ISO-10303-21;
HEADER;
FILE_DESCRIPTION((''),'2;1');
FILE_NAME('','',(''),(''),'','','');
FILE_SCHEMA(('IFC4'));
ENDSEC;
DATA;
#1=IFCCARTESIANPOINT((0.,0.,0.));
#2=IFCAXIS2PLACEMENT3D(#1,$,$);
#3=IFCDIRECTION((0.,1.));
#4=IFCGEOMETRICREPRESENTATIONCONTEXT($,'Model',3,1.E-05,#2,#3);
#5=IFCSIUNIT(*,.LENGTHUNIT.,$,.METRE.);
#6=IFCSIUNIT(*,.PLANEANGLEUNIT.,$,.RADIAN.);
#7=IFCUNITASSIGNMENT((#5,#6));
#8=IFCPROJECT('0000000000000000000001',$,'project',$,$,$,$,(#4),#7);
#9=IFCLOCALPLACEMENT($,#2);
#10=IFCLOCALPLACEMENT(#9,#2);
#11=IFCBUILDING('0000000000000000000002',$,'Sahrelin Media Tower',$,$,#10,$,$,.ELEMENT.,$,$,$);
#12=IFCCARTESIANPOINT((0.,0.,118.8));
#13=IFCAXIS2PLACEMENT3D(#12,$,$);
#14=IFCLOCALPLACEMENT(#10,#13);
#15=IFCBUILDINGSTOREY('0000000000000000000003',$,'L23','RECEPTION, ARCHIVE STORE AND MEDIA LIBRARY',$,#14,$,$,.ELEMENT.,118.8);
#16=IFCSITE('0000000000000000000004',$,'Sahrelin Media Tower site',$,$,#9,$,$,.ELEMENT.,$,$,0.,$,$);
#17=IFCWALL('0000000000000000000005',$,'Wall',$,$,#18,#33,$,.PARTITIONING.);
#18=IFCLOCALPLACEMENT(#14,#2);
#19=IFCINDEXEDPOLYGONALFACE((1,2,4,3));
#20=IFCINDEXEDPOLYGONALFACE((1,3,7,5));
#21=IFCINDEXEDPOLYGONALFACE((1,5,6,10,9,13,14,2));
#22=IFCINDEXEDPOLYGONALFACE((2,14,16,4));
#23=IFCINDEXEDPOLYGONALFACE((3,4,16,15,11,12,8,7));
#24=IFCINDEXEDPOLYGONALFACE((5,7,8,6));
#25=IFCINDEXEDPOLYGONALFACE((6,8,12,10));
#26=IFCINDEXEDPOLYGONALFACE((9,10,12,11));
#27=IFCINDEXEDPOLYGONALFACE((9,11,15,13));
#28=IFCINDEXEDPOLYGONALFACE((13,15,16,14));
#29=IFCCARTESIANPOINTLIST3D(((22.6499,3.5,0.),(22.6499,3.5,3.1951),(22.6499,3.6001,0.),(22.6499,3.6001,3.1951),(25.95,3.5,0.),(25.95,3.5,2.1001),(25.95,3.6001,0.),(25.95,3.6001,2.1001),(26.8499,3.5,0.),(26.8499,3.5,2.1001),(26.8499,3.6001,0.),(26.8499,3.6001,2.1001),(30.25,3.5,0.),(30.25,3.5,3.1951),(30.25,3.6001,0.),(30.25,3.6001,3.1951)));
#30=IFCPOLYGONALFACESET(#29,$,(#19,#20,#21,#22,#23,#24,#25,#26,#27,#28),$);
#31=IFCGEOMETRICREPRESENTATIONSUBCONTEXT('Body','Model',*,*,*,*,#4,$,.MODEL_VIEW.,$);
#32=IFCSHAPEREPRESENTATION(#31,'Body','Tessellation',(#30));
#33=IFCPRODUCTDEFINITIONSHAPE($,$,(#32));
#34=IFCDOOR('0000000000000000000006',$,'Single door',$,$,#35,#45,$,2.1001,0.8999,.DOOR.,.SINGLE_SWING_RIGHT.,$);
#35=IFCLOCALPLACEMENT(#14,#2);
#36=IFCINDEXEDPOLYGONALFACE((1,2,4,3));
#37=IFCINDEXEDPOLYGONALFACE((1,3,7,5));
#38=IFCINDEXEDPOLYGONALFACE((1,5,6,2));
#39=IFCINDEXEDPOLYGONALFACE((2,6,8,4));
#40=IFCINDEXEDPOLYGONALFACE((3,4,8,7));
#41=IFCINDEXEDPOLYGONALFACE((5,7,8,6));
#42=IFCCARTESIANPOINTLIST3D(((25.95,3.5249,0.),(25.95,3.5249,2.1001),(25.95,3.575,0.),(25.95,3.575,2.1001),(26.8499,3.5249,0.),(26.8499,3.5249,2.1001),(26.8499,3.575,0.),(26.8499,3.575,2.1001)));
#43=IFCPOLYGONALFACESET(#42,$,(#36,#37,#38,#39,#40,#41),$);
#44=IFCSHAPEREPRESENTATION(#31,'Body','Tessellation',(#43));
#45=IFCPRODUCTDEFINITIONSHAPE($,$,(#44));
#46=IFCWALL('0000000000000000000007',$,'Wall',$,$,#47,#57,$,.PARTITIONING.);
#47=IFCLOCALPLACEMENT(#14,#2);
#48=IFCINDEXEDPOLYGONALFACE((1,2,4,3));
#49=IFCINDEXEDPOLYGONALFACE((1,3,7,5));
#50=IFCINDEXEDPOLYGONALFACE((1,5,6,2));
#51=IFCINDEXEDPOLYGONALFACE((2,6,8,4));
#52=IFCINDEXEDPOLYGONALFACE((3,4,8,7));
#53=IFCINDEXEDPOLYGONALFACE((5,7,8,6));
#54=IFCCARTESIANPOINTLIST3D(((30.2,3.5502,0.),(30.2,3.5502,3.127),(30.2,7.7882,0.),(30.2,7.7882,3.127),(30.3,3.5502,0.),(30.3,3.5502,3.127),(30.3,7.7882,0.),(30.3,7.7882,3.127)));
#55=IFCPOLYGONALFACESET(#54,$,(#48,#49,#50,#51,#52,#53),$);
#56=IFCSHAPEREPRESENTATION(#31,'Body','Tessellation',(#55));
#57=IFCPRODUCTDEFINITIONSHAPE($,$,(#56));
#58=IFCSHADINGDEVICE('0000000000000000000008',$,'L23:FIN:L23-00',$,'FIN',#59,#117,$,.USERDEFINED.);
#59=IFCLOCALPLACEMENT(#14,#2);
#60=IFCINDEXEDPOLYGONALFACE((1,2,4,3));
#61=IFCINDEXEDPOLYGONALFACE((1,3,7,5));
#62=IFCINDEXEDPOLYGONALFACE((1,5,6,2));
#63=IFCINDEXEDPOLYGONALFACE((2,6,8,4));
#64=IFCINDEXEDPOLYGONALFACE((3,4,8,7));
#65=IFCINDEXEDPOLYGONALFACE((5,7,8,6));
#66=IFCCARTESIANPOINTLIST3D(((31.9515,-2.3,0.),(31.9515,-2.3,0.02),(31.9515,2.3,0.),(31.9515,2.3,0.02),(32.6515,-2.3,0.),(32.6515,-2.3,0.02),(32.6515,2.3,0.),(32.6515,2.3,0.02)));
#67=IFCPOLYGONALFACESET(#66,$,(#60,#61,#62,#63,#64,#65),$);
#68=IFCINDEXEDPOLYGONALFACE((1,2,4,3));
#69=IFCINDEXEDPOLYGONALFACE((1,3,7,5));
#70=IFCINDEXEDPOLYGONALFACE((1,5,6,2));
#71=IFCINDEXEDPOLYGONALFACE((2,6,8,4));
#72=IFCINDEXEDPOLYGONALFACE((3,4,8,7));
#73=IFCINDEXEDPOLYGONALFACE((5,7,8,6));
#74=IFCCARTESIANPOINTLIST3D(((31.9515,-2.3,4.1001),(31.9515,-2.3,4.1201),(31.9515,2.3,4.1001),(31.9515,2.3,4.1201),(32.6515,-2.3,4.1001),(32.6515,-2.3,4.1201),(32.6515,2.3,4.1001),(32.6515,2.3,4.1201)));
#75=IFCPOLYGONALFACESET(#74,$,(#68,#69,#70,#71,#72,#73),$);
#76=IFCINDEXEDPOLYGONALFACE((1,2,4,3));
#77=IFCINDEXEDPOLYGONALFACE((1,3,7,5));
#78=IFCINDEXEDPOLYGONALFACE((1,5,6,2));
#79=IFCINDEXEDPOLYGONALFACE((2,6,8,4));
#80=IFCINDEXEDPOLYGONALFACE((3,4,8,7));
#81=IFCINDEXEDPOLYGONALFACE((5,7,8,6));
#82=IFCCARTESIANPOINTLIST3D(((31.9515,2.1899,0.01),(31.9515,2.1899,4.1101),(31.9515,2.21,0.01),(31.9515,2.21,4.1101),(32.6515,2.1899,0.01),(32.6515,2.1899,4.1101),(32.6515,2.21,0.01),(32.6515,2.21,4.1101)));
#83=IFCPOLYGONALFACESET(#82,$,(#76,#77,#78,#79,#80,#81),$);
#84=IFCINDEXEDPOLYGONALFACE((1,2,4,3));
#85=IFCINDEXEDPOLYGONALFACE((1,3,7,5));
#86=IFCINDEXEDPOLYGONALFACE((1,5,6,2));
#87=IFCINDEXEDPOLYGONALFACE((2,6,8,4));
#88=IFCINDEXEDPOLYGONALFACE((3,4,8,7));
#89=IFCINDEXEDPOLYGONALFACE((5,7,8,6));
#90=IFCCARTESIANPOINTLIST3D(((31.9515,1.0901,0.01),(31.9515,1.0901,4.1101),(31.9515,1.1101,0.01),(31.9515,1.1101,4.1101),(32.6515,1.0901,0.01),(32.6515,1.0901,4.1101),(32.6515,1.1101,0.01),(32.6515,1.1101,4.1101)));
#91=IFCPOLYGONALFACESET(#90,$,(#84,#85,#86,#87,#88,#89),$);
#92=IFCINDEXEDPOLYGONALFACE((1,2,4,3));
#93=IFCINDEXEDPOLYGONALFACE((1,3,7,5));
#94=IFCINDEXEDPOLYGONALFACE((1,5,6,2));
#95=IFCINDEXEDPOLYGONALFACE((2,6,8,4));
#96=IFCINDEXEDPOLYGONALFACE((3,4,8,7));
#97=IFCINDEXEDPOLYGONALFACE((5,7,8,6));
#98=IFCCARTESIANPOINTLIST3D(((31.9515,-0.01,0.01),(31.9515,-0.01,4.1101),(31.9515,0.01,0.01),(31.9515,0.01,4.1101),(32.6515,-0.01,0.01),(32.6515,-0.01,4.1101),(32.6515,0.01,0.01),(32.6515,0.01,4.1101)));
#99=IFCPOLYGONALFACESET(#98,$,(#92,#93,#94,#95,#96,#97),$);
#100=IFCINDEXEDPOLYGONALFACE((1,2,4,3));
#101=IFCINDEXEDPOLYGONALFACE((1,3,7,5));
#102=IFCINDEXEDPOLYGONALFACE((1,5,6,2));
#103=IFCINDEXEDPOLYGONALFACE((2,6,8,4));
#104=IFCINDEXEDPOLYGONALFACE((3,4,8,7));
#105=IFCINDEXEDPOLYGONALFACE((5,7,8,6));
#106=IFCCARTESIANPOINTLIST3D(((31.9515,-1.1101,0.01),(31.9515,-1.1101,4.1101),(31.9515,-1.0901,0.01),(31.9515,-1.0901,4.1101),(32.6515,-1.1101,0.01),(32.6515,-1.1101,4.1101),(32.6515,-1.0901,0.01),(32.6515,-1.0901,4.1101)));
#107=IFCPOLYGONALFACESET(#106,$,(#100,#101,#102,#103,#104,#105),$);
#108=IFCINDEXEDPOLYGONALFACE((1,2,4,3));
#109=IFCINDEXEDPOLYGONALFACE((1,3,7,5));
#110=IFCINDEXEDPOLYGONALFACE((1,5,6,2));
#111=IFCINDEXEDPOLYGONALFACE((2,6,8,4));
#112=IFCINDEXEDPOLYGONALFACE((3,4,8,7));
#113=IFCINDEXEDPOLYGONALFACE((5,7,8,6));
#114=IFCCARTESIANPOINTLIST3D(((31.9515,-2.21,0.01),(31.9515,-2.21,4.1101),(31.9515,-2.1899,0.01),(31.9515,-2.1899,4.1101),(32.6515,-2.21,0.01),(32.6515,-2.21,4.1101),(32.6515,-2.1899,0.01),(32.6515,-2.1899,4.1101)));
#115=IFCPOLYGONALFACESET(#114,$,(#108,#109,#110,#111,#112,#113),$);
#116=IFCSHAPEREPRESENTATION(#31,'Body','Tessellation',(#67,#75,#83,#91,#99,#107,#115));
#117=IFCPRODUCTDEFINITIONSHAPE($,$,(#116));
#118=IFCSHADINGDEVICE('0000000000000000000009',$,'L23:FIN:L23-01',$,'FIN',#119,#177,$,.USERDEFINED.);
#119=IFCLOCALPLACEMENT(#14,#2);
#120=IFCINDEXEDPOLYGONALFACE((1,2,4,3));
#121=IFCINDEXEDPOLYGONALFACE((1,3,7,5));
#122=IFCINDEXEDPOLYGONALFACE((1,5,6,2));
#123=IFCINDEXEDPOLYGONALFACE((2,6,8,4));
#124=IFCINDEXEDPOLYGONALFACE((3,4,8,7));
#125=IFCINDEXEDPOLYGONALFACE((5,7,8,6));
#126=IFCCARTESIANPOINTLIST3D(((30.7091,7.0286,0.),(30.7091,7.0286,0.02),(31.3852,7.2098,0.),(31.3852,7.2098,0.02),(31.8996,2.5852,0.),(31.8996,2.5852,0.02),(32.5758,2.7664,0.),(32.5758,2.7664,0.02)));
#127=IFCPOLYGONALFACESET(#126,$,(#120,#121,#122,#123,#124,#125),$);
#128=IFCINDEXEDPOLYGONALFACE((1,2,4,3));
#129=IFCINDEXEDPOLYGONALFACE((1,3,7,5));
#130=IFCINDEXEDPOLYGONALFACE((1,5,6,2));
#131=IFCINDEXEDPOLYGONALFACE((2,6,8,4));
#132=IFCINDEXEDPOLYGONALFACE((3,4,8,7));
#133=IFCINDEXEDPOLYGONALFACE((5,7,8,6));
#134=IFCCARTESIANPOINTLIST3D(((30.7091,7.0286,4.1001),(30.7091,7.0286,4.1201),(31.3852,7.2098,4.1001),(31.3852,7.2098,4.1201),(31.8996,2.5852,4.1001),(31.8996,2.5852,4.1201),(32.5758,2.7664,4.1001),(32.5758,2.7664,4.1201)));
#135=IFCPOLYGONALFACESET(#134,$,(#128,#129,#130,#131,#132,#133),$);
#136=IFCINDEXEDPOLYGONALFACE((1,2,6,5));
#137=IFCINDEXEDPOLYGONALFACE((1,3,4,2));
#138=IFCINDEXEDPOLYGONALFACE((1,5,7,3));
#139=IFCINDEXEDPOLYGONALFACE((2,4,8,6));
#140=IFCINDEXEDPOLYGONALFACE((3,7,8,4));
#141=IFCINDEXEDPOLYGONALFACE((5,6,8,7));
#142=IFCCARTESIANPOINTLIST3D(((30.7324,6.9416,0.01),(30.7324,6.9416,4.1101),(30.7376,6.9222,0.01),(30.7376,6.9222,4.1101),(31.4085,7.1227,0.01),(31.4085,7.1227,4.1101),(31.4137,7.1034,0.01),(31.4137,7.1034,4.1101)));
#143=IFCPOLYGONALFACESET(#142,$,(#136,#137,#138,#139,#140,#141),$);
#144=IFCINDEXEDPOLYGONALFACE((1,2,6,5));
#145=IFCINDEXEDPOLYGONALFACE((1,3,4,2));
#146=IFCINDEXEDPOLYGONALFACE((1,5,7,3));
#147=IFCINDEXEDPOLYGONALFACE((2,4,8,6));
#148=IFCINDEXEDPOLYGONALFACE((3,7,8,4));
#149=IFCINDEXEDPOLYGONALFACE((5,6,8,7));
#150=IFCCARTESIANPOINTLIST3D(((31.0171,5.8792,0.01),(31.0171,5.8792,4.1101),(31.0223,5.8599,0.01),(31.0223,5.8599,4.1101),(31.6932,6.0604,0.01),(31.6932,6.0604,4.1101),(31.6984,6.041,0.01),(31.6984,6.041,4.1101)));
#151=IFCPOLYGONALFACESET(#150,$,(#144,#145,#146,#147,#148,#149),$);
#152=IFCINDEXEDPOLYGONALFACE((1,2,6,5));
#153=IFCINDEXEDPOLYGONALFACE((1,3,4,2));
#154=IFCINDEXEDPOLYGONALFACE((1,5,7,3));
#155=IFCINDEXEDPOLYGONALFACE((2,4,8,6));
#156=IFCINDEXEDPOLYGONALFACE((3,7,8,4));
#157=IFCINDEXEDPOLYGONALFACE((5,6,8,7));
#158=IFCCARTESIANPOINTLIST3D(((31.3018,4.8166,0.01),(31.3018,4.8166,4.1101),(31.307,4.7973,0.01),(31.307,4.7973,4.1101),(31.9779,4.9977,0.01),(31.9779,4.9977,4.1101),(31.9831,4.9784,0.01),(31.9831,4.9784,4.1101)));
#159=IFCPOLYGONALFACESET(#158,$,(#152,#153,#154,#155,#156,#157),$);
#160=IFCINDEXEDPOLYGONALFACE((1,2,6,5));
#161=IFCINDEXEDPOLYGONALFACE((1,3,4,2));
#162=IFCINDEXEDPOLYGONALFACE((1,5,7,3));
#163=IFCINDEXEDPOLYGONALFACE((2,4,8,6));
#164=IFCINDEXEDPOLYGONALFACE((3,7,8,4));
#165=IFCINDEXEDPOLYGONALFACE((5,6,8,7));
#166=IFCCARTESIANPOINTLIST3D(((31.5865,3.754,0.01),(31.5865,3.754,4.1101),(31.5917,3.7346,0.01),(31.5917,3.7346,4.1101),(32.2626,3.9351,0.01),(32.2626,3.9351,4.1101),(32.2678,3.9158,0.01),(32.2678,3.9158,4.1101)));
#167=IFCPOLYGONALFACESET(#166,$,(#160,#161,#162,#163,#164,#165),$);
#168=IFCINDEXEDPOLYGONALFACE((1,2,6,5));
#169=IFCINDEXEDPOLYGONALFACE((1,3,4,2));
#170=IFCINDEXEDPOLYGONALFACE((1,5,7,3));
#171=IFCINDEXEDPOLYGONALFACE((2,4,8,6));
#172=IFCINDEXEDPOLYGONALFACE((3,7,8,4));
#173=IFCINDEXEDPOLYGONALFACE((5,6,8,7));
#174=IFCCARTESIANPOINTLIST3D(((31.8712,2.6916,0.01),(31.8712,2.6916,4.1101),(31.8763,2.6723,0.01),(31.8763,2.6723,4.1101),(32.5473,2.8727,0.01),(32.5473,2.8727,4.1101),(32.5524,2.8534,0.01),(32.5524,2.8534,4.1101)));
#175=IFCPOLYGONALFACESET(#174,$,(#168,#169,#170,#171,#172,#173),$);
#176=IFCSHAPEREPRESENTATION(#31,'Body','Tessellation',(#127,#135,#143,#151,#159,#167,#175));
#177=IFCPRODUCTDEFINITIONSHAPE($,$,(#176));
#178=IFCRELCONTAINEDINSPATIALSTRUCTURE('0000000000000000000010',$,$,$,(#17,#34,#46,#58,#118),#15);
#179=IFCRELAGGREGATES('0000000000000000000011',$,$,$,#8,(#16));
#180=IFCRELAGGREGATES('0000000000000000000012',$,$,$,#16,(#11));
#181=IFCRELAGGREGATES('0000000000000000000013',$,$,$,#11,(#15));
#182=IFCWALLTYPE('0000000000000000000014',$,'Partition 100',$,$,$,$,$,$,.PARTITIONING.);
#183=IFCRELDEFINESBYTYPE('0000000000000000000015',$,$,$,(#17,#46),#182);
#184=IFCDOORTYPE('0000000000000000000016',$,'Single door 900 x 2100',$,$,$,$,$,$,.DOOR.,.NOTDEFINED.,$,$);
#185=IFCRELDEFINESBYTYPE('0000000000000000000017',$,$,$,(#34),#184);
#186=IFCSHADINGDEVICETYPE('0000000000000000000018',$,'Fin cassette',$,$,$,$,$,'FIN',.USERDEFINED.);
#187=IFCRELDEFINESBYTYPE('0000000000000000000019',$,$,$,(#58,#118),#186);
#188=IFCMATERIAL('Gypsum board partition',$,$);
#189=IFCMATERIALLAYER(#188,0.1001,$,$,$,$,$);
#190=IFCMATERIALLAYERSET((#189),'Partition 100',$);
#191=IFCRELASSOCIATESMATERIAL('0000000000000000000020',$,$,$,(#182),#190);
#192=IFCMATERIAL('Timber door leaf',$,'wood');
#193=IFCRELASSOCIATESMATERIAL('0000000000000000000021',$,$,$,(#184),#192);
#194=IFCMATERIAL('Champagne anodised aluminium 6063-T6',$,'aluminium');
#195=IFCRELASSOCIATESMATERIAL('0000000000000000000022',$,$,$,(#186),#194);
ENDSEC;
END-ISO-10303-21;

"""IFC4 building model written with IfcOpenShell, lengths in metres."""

from ifc_helpers import new_model, si_unit, direction, frame, frame_2d, origin, origin_2d, place, context, subcontext, project, spatial, rectangle, extrude, material, layer, layer_set, type_object, element, fill, save


model = new_model("IFC4")

# Units and contexts
model_context = context("Model", 3, precision=1e-05, world=origin(), true_north=direction((0.0, 1.0)))
body_context = subcontext(model_context, "Body", "Model", "MODEL_VIEW")
ifc_project = project(units=[si_unit("LENGTHUNIT", "METRE"), si_unit("PLANEANGLEUNIT", "RADIAN")], contexts=[model_context])

# Site, building, storey
site_placement = place(None, origin())
site = spatial("IfcSite", under=ifc_project, at=site_placement, Name="Sahrelin Media Tower site", CompositionType="ELEMENT", RefElevation=0.0)
building_placement = place(site_placement, origin())
building = spatial("IfcBuilding", under=site, at=building_placement, Name="Sahrelin Media Tower", CompositionType="ELEMENT")
storey_placement = place(building_placement, frame((0.0, 0.0, 118.8)))
storey = spatial("IfcBuildingStorey", under=building, at=storey_placement, Name="L23", Description="RECEPTION, ARCHIVE STORE AND MEDIA LIBRARY", CompositionType="ELEMENT", Elevation=118.8)

# Shared definitions
ifc_material_1 = material(Name="Champagne anodised aluminium 6063-T6", Category="aluminium")

# Wall, opening, door
ifc_material_2 = material(Name="Gypsum board partition")
ifc_layer_1 = layer(ifc_material_2, 0.1001)
ifc_layer_set_1 = layer_set([ifc_layer_1], Name="Partition 100")
wall_type = type_object("IfcWallType", Name="Partition 100", PredefinedType="PARTITIONING", material=ifc_layer_set_1)
wall_1_placement = place(storey_placement, frame((22.6499, 3.55, 0.0), z_axis=(0.0, 0.0, 1.0), x_axis=(1.0, 0.0, 0.0)))
wall_1 = element("IfcWall", 1, at=wall_1_placement, inside=storey, type_object=wall_type, Name="Wall", PredefinedType="PARTITIONING", context=body_context, shape_type="SweptSolid", body=[
    extrude(rectangle(XDim=7.6001, YDim=0.1001, at=frame_2d((3.8, 0.0))), origin(), (0.0, 0.0, 1.0), 3.1951),
])
opening_placement = place(wall_1_placement, frame((3.3, 0.0, 0.0)))
opening = element("IfcOpeningElement", 2, at=opening_placement, cuts=wall_1, PredefinedType="OPENING", context=body_context, shape_type="SweptSolid", body=[
    extrude(rectangle(XDim=0.8999, YDim=2.1001, at=frame_2d((0.45, 1.05))), frame((0.0, 0.05, 0.0), z_axis=(0.0, -1.0, 0.0), x_axis=(1.0, 0.0, 0.0)), (0.0, 0.0, 1.0), 0.1001),
])
ifc_material_3 = material(Name="Timber door leaf", Category="wood")
door_type = type_object("IfcDoorType", Name="Single door 900 x 2100", OperationType="NOTDEFINED", PredefinedType="DOOR", material=ifc_material_3)
door_placement = place(opening_placement, origin())
door = element("IfcDoor", 3, at=door_placement, inside=storey, type_object=door_type, Name="Single door", OperationType="SINGLE_SWING_RIGHT", OverallHeight=2.1001, OverallWidth=0.8999, PredefinedType="DOOR", context=body_context, shape_type="SweptSolid", body=[
    extrude(rectangle(XDim=0.8999, YDim=2.1001, at=frame_2d((0.45, 1.05))), frame((0.0, 0.0249, 0.0), z_axis=(0.0, -1.0, 0.0), x_axis=(1.0, 0.0, 0.0)), (0.0, 0.0, 1.0), 0.05),
])
fill(opening, door)

# Wall
wall_2_placement = place(storey_placement, frame((30.25, 3.55, 0.0), z_axis=(0.0, 0.0, 1.0), x_axis=(0.0, 1.0, 0.0)))
element("IfcWall", 4, at=wall_2_placement, inside=storey, type_object=wall_type, Name="Wall", PredefinedType="PARTITIONING", context=body_context, shape_type="SweptSolid", body=[
    extrude(rectangle(XDim=4.238, YDim=0.1001, at=frame_2d((2.1191, 0.0))), origin(), (0.0, 0.0, 1.0), 3.127),
])

# Shading devices
shading_device_type_1 = type_object("IfcShadingDeviceType", Name="Fin cassette", ElementType="FIN", PredefinedType="USERDEFINED", material=ifc_material_1)
placement_1 = place(storey_placement, frame((31.8816, 0.0, 0.0), z_axis=(0.0, 0.0, 1.0), x_axis=(0.0, -1.0, 0.0)))
element("IfcShadingDevice", 5, at=placement_1, inside=storey, type_object=shading_device_type_1, Name="L23:FIN:L23-00", ObjectType="FIN", PredefinedType="USERDEFINED", context=body_context, shape_type="SweptSolid", body=[
    extrude(rectangle(XDim=4.6001, YDim=0.7, at=origin_2d()), frame((0.0, 0.4199, 0.0)), (0.0, 0.0, 1.0), 0.02),
    extrude(rectangle(XDim=4.6001, YDim=0.7, at=origin_2d()), frame((0.0, 0.4199, 4.1001)), (0.0, 0.0, 1.0), 0.02),
    extrude(rectangle(XDim=0.02, YDim=0.7, at=origin_2d()), frame((-2.2, 0.4199, 0.01), z_axis=(0.0, 0.0, 1.0), x_axis=(1.0, 0.0, 0.0)), (0.0, 0.0, 1.0), 4.1001),
    extrude(rectangle(XDim=0.02, YDim=0.7, at=origin_2d()), frame((-1.1001, 0.4199, 0.01), z_axis=(0.0, 0.0, 1.0), x_axis=(1.0, 0.0, 0.0)), (0.0, 0.0, 1.0), 4.1001),
    extrude(rectangle(XDim=0.02, YDim=0.7, at=origin_2d()), frame((0.0, 0.4199, 0.01), z_axis=(0.0, 0.0, 1.0), x_axis=(1.0, 0.0, 0.0)), (0.0, 0.0, 1.0), 4.1001),
    extrude(rectangle(XDim=0.02, YDim=0.7, at=origin_2d()), frame((1.1001, 0.4199, 0.01), z_axis=(0.0, 0.0, 1.0), x_axis=(1.0, 0.0, 0.0)), (0.0, 0.0, 1.0), 4.1001),
    extrude(rectangle(XDim=0.02, YDim=0.7, at=origin_2d()), frame((2.2, 0.4199, 0.01), z_axis=(0.0, 0.0, 1.0), x_axis=(1.0, 0.0, 0.0)), (0.0, 0.0, 1.0), 4.1001),
])
placement_2 = place(storey_placement, frame((31.2368, 4.7888, 0.0), z_axis=(0.0, 0.0, 1.0), x_axis=(0.258808, -0.965929, 0.0)))
element("IfcShadingDevice", 6, at=placement_2, inside=storey, type_object=shading_device_type_1, Name="L23:FIN:L23-01", ObjectType="FIN", PredefinedType="USERDEFINED", context=body_context, shape_type="SweptSolid", body=[
    extrude(rectangle(XDim=4.6001, YDim=0.7, at=origin_2d()), frame((0.0, 0.4199, 0.0)), (0.0, 0.0, 1.0), 0.02),
    extrude(rectangle(XDim=4.6001, YDim=0.7, at=origin_2d()), frame((0.0, 0.4199, 4.1001)), (0.0, 0.0, 1.0), 0.02),
    extrude(rectangle(XDim=0.02, YDim=0.7, at=origin_2d()), frame((-2.2, 0.4199, 0.01), z_axis=(0.0, 0.0, 1.0), x_axis=(1.0, 0.0, 0.0)), (0.0, 0.0, 1.0), 4.1001),
    extrude(rectangle(XDim=0.02, YDim=0.7, at=origin_2d()), frame((-1.1001, 0.4199, 0.01), z_axis=(0.0, 0.0, 1.0), x_axis=(1.0, 0.0, 0.0)), (0.0, 0.0, 1.0), 4.1001),
    extrude(rectangle(XDim=0.02, YDim=0.7, at=origin_2d()), frame((0.0, 0.4199, 0.01), z_axis=(0.0, 0.0, 1.0), x_axis=(1.0, 0.0, 0.0)), (0.0, 0.0, 1.0), 4.1001),
    extrude(rectangle(XDim=0.02, YDim=0.7, at=origin_2d()), frame((1.1001, 0.4199, 0.01), z_axis=(0.0, 0.0, 1.0), x_axis=(1.0, 0.0, 0.0)), (0.0, 0.0, 1.0), 4.1001),
    extrude(rectangle(XDim=0.02, YDim=0.7, at=origin_2d()), frame((2.2, 0.4199, 0.01), z_axis=(0.0, 0.0, 1.0), x_axis=(1.0, 0.0, 0.0)), (0.0, 0.0, 1.0), 4.1001),
])

save(model, "model.ifc")
